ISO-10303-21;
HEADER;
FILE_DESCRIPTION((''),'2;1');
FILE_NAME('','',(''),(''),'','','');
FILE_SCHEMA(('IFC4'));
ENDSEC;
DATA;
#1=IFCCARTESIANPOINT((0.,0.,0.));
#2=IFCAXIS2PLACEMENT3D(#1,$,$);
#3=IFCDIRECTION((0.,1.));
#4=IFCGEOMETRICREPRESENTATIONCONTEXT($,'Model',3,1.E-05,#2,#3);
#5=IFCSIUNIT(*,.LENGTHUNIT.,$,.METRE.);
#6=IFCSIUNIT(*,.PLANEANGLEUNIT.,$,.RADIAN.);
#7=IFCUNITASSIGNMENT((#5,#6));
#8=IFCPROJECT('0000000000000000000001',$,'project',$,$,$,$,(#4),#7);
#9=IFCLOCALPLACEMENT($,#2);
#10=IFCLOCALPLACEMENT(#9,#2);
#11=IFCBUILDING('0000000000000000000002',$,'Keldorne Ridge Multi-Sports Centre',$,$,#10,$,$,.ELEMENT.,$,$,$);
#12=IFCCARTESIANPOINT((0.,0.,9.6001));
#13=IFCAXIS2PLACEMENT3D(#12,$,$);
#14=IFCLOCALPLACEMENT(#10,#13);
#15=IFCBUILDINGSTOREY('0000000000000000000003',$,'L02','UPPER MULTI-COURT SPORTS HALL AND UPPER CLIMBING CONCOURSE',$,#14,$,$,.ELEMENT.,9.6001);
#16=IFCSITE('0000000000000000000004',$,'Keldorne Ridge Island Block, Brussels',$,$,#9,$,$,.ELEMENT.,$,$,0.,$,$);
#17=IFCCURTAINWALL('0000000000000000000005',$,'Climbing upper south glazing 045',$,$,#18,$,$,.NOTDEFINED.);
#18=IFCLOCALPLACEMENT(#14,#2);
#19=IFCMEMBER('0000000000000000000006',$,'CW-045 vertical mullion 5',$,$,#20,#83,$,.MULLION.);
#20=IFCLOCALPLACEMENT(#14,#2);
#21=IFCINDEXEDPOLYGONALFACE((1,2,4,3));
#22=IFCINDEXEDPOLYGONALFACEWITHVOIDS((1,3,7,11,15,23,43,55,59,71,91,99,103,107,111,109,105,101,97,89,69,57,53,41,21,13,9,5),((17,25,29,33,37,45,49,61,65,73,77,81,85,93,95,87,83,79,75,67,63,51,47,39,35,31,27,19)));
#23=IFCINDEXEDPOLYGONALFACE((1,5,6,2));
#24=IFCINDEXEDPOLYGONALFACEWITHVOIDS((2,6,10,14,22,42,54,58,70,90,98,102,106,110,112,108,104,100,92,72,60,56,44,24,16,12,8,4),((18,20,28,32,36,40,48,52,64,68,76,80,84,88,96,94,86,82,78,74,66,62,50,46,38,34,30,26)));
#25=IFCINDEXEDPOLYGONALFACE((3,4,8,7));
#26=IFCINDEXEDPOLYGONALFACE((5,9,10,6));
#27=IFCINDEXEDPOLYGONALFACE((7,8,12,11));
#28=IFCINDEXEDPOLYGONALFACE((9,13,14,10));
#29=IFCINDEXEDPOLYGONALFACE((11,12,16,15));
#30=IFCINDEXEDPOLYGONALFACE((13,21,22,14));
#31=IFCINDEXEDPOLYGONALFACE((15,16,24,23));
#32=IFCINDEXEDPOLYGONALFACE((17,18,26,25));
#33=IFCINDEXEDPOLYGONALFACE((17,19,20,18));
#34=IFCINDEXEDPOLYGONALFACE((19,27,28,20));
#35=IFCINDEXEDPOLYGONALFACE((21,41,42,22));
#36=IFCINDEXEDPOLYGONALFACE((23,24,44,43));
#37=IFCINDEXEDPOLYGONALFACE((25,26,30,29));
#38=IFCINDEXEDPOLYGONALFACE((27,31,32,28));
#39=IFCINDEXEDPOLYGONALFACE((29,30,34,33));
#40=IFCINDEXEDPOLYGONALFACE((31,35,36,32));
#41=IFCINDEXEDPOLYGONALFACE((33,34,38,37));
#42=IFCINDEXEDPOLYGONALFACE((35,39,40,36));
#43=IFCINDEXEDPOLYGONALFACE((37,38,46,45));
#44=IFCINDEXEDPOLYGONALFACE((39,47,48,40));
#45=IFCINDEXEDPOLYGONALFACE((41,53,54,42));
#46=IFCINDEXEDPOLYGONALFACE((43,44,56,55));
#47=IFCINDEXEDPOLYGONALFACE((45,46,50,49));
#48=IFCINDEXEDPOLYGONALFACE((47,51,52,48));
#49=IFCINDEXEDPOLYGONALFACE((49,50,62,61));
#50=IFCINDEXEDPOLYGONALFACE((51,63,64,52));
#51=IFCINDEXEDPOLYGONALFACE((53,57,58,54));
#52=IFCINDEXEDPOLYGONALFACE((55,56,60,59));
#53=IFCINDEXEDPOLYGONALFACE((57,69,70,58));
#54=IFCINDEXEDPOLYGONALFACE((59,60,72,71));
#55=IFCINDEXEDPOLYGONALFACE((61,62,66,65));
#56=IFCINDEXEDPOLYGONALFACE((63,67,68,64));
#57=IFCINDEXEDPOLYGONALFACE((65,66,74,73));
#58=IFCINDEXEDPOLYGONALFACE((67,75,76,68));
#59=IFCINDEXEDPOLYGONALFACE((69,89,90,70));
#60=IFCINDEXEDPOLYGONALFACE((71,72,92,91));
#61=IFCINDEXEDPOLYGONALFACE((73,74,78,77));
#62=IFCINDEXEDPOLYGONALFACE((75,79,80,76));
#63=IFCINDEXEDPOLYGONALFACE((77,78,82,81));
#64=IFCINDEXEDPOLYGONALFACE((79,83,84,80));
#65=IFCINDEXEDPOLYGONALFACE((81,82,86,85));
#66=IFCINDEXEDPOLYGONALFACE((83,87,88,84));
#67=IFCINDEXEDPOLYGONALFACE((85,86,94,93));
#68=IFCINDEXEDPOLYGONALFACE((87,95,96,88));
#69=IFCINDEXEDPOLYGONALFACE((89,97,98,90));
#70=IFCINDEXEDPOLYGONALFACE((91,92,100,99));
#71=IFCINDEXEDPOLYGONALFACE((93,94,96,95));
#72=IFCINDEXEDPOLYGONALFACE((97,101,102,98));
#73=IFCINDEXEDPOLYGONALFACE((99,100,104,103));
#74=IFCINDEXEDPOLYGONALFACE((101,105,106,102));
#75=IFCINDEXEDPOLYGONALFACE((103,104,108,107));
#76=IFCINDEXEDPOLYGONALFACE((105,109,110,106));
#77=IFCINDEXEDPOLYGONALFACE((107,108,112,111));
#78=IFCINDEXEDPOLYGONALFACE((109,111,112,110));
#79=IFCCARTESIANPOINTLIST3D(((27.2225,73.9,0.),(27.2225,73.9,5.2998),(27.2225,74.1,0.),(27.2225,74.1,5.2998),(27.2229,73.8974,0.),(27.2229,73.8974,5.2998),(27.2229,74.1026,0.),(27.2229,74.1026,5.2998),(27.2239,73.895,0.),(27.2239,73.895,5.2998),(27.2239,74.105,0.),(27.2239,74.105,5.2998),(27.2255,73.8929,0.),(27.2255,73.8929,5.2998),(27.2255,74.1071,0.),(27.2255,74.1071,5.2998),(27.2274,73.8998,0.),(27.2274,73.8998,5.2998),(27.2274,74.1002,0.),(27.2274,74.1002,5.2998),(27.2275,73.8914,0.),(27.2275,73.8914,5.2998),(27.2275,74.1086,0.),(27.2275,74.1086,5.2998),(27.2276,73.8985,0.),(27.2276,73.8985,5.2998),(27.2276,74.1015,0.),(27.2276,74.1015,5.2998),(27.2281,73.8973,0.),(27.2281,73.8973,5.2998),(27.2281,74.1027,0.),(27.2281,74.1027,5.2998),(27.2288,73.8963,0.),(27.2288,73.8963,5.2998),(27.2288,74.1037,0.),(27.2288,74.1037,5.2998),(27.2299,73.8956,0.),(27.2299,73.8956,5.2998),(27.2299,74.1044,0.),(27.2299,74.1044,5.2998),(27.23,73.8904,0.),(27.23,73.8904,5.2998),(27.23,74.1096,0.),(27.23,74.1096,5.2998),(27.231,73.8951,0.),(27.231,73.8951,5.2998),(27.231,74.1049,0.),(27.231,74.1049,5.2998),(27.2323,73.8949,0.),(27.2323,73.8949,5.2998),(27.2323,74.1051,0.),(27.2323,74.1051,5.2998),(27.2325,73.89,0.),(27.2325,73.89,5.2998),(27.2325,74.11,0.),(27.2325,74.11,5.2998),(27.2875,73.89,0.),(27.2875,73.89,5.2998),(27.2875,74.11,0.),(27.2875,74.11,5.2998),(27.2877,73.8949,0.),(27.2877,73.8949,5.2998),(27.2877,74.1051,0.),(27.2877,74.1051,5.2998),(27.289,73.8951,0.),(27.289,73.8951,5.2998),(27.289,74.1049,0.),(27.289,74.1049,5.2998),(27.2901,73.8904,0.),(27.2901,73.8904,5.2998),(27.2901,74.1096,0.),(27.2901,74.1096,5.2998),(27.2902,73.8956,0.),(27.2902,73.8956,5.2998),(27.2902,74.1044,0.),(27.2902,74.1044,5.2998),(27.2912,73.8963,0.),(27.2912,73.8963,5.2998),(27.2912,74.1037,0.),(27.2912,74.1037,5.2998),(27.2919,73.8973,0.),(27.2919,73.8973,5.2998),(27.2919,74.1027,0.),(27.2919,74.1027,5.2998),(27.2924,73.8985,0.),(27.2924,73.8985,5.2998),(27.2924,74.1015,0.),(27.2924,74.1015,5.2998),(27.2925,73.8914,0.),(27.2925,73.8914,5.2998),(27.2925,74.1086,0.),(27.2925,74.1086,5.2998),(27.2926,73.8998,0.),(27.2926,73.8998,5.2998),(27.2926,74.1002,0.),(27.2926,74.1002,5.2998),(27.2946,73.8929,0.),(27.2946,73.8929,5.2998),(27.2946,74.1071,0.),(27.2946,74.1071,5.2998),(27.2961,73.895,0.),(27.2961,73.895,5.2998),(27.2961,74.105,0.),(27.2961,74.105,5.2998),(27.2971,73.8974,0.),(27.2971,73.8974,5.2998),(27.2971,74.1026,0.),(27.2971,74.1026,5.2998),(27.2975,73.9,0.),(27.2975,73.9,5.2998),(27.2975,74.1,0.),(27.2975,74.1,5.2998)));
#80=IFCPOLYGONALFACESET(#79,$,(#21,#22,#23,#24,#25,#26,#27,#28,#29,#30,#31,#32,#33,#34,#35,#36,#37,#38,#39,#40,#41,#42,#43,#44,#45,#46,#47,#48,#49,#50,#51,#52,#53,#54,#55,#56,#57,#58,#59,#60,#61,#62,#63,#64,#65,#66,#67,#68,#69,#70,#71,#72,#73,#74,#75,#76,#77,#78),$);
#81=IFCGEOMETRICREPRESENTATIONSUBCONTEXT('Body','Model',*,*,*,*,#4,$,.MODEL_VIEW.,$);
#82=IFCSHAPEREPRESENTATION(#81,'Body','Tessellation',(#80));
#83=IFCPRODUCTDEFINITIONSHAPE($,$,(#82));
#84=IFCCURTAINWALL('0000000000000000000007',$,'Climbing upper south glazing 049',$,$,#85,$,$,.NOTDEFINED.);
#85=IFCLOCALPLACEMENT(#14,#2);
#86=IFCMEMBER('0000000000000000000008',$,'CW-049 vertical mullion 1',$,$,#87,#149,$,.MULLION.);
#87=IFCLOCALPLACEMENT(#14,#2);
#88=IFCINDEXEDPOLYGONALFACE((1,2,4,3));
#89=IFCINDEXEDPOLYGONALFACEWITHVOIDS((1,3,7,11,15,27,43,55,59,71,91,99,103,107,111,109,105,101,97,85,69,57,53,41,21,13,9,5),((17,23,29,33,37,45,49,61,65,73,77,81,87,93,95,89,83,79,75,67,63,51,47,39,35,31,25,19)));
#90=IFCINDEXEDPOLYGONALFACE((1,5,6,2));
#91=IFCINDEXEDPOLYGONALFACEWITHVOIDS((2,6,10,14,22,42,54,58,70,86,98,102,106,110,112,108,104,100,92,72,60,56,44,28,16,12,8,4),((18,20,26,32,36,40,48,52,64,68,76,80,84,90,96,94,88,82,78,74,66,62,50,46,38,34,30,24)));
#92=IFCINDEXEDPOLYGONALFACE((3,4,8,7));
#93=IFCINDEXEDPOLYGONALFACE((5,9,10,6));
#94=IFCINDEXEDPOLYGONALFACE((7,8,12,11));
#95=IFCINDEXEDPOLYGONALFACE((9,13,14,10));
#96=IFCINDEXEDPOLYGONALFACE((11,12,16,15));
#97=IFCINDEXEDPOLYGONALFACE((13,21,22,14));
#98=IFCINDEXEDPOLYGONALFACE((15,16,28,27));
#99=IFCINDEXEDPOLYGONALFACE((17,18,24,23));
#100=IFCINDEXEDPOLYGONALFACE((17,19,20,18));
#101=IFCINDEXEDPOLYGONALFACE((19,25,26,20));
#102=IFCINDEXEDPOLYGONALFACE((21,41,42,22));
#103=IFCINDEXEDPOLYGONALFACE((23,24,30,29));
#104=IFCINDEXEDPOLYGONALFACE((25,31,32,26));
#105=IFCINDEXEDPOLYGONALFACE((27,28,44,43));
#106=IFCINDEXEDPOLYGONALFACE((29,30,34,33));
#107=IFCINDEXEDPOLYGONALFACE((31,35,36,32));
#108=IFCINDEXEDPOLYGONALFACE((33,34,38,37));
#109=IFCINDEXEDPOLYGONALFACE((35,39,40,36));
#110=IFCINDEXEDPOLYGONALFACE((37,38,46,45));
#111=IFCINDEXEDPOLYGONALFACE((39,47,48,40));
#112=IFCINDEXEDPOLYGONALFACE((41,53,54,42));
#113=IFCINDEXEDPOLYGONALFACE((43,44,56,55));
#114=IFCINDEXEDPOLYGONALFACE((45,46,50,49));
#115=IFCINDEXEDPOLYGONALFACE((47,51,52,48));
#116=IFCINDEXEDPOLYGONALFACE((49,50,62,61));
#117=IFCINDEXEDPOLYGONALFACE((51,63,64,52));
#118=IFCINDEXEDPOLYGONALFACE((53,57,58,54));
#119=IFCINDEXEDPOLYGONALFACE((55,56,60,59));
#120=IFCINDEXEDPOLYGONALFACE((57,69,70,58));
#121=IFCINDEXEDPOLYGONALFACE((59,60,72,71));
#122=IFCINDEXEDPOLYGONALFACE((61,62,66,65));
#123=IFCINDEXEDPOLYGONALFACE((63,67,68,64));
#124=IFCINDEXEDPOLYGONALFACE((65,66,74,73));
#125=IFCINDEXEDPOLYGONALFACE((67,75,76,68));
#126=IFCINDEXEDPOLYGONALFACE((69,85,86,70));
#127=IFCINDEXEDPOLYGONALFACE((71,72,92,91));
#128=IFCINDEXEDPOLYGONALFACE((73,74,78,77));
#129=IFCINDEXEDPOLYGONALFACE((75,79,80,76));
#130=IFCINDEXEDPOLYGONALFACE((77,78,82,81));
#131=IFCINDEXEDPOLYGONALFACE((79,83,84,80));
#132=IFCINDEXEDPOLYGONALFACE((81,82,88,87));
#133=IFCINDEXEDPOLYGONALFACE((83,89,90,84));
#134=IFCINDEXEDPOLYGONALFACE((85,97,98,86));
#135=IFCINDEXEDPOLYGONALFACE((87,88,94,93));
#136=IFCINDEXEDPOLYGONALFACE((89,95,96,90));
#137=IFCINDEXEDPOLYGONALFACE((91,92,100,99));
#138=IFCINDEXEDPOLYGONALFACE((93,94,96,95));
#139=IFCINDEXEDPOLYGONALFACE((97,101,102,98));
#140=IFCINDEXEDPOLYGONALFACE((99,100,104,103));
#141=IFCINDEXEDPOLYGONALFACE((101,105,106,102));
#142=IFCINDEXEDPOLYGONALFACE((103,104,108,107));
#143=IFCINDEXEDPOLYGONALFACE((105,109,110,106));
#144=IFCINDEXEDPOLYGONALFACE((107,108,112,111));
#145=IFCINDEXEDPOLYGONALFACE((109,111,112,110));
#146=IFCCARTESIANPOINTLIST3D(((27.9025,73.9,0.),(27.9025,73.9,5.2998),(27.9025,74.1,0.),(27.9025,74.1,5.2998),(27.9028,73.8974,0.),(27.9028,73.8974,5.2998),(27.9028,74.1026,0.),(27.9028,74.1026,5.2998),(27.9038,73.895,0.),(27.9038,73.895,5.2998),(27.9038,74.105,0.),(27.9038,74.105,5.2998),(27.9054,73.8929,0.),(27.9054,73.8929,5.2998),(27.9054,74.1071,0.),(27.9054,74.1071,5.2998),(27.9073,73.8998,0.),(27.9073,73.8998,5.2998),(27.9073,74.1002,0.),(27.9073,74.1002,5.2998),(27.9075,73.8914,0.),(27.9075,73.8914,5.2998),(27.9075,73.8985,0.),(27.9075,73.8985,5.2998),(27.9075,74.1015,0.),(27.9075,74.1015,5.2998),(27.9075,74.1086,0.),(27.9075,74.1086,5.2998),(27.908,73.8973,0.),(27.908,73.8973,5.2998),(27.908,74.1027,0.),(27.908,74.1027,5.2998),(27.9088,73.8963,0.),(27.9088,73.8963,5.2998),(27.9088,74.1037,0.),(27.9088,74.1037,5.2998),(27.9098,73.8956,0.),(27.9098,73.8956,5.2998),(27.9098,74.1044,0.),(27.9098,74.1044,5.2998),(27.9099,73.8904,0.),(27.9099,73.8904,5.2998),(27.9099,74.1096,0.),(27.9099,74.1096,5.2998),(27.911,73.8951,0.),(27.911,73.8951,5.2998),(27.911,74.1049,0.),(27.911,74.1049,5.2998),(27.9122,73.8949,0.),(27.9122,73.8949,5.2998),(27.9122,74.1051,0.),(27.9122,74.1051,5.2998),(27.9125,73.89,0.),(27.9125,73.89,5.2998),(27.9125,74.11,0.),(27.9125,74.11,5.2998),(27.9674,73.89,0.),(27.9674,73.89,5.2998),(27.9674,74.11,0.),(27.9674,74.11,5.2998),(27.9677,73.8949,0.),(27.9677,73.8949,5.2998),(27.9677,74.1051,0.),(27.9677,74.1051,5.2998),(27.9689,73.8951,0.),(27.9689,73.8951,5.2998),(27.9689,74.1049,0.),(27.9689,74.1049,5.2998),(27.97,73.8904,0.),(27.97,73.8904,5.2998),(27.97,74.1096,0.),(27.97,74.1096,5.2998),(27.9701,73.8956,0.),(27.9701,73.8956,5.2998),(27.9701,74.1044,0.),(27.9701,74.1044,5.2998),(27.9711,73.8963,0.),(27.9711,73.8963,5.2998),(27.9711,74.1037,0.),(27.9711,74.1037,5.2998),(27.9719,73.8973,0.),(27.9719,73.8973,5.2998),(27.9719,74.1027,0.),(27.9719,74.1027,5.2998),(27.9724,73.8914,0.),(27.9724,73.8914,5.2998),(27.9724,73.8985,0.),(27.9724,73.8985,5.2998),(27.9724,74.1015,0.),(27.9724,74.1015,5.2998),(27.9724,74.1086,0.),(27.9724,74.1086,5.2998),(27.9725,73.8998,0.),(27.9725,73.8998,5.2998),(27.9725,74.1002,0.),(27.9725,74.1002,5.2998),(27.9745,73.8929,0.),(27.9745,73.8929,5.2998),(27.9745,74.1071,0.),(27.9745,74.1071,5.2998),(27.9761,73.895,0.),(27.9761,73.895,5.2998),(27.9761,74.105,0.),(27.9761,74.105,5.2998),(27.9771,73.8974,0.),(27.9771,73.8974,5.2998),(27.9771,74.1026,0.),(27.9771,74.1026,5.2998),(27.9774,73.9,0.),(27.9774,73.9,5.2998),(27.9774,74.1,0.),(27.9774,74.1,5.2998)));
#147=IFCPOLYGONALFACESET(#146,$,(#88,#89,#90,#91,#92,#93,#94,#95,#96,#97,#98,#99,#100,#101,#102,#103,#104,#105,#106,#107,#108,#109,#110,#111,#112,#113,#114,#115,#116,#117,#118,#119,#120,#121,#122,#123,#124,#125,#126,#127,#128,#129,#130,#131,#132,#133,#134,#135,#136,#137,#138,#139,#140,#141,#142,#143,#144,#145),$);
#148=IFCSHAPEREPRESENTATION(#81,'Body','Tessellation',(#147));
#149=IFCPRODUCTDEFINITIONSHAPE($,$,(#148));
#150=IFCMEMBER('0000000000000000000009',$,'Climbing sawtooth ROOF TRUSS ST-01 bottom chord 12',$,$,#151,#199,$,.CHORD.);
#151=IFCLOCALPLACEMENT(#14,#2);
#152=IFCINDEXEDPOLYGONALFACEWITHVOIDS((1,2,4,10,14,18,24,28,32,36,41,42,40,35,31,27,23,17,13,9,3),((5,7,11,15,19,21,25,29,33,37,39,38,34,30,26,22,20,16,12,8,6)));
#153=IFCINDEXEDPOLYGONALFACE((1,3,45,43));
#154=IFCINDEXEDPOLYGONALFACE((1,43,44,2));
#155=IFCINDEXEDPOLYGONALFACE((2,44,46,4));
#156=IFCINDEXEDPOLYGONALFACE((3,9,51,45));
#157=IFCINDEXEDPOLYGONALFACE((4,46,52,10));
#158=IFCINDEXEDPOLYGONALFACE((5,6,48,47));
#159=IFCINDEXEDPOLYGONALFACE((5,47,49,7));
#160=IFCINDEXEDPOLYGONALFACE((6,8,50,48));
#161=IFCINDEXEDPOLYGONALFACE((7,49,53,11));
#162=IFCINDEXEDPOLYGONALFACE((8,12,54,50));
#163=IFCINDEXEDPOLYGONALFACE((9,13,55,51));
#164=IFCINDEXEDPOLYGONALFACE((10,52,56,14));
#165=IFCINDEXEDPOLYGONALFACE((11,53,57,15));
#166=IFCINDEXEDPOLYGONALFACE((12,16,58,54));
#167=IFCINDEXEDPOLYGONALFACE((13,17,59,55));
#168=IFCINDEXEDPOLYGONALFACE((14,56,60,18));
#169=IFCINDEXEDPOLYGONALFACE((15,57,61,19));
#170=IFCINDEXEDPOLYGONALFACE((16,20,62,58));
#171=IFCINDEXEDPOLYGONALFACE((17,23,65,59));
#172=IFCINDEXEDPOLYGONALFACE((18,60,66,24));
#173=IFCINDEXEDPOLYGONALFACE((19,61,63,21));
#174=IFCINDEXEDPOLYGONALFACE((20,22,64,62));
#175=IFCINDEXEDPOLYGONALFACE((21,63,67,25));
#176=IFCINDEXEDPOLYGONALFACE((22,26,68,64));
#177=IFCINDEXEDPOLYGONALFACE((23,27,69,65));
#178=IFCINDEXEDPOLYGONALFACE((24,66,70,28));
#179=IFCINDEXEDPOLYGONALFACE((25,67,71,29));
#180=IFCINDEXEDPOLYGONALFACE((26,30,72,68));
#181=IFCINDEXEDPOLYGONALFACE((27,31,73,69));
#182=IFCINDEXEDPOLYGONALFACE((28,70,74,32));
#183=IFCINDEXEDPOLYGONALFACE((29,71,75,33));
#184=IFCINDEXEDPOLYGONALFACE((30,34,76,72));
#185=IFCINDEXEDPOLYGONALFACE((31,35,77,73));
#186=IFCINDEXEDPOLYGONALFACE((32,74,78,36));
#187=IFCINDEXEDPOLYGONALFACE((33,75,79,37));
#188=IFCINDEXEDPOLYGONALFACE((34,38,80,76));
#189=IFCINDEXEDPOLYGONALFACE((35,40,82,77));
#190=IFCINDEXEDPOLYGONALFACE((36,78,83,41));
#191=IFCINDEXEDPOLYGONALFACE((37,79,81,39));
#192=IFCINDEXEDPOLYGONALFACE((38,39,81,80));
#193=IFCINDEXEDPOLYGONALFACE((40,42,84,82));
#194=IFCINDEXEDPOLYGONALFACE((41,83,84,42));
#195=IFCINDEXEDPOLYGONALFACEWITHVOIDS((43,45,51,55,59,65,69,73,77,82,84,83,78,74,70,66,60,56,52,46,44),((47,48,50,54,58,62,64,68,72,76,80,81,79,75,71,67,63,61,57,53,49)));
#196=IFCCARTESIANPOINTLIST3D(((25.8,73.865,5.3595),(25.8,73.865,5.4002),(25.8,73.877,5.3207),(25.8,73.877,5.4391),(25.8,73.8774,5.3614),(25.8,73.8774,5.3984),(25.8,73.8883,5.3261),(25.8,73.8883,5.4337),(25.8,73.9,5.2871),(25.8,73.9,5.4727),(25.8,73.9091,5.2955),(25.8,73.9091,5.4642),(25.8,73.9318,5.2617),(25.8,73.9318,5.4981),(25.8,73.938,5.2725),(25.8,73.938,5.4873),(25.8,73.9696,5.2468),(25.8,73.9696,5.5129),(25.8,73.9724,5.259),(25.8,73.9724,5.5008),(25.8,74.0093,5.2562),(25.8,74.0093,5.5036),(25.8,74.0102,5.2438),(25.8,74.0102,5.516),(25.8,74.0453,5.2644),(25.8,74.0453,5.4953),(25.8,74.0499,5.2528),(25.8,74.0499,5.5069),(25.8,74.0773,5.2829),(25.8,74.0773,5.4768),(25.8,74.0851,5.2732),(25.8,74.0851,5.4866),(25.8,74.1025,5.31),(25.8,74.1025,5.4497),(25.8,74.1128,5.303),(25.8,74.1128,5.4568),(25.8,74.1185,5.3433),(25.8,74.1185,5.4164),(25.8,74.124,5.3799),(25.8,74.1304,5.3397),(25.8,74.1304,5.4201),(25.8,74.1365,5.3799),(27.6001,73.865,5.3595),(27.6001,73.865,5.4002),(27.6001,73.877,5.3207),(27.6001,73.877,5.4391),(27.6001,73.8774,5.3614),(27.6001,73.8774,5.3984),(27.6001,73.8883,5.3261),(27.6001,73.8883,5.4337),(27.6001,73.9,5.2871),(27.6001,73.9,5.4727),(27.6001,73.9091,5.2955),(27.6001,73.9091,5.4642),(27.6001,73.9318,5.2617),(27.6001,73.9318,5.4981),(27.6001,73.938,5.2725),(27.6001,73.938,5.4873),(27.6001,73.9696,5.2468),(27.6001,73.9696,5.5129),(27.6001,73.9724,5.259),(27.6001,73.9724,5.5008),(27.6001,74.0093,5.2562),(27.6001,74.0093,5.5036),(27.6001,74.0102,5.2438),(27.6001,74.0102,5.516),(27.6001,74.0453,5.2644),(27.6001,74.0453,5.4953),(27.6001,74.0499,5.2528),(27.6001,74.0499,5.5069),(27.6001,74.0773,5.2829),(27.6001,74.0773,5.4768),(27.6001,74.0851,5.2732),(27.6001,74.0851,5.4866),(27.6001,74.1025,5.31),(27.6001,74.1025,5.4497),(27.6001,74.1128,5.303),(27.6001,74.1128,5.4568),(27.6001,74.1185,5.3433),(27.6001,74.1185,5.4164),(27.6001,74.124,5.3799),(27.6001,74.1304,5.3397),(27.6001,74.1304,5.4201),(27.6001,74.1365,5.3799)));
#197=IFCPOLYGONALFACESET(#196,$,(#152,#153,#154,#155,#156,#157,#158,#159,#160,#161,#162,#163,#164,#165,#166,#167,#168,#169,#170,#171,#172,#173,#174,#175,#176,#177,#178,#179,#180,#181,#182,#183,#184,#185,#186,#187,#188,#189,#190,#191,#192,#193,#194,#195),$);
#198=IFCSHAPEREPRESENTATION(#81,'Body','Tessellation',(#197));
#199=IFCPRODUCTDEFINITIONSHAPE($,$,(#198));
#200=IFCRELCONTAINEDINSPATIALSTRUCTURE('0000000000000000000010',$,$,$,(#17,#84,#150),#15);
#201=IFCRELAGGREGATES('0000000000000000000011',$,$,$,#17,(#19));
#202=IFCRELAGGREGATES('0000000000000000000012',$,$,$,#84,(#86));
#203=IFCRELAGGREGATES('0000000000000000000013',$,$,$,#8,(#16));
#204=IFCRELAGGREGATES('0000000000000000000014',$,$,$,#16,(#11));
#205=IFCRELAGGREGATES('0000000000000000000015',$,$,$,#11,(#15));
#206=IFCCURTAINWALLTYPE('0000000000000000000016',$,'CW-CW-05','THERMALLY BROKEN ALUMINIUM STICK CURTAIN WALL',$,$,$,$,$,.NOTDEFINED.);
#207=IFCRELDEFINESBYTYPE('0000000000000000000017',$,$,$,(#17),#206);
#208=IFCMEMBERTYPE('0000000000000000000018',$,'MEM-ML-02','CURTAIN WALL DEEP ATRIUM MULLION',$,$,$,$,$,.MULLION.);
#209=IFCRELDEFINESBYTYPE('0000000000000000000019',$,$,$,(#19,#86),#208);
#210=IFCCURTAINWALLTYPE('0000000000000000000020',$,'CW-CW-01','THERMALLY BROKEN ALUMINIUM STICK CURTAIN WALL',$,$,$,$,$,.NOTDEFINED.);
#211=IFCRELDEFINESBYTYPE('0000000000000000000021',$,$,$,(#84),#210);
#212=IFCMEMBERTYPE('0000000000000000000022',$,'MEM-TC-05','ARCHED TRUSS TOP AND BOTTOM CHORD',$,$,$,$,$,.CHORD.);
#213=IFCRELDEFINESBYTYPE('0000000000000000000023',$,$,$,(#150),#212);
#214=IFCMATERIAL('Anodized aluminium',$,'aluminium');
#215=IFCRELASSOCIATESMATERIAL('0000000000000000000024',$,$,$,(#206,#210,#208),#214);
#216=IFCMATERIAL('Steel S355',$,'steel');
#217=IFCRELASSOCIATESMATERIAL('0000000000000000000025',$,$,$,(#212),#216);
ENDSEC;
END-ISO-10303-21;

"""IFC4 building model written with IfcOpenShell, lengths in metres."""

from ifc_helpers import new_model, si_unit, direction, frame, origin, origin_2d, place, context, subcontext, project, spatial, hollow_rectangle, hollow_circle, extrude, material, material_profile, profile_set, type_object, element, aggregate, save


model = new_model("IFC4")

# Units and contexts
model_context = context("Model", 3, precision=1e-05, world=origin(), true_north=direction((0.0, 1.0)))
body_context = subcontext(model_context, "Body", "Model", "MODEL_VIEW")
ifc_project = project(units=[si_unit("LENGTHUNIT", "METRE"), si_unit("PLANEANGLEUNIT", "RADIAN")], contexts=[model_context])

# Site, building, storey
site_placement = place(None, origin())
site = spatial("IfcSite", under=ifc_project, at=site_placement, Name="Keldorne Ridge Island Block, Brussels", CompositionType="ELEMENT", RefElevation=0.0)
building_placement = place(site_placement, origin())
building = spatial("IfcBuilding", under=site, at=building_placement, Name="Keldorne Ridge Multi-Sports Centre", CompositionType="ELEMENT")
storey_placement = place(building_placement, frame((0.0, 0.0, 9.6001)))
storey = spatial("IfcBuildingStorey", under=building, at=storey_placement, Name="L02", Description="UPPER MULTI-COURT SPORTS HALL AND UPPER CLIMBING CONCOURSE", CompositionType="ELEMENT", Elevation=9.6001)

# Shared definitions
ifc_material_1 = material(Name="Steel S355", Category="steel")

# Curtain walls, members
ifc_material_2 = material(Name="Anodized aluminium", Category="aluminium")
curtain_wall_type_1 = type_object("IfcCurtainWallType", Name="CW-CW-05", Description="THERMALLY BROKEN ALUMINIUM STICK CURTAIN WALL", PredefinedType="NOTDEFINED", material=ifc_material_2)
curtain_wall_1_placement = place(storey_placement, origin())
curtain_wall_1 = element("IfcCurtainWall", 1, at=curtain_wall_1_placement, inside=storey, type_object=curtain_wall_type_1, Name="Climbing upper south glazing 045", PredefinedType="NOTDEFINED")
ifc_material_profile_1 = material_profile(ifc_material_2, hollow_rectangle(XDim=0.075, YDim=0.22, WallThickness=0.0049, InnerFilletRadius=0.0049, OuterFilletRadius=0.01, at=origin_2d()), Name="ALU MULLION 220x75x5")
ifc_profile_set_1 = profile_set([ifc_material_profile_1], Name="Anodized aluminium")
member_type_1 = type_object("IfcMemberType", Name="MEM-ML-02", Description="CURTAIN WALL DEEP ATRIUM MULLION", PredefinedType="MULLION", material=ifc_profile_set_1)
member_1_placement = place(storey_placement, frame((27.26, 74.0, 0.0), z_axis=(0.0, 0.0, 1.0), x_axis=(1.0, 0.0, 0.0)))
member_1 = element("IfcMember", 2, at=member_1_placement, type_object=member_type_1, Name="CW-045 vertical mullion 5", PredefinedType="MULLION", context=body_context, shape_type="SweptSolid", body=[
    extrude(hollow_rectangle(XDim=0.075, YDim=0.22, WallThickness=0.0049, InnerFilletRadius=0.0049, OuterFilletRadius=0.01, at=origin_2d()), origin(), (0.0, 0.0, 1.0), 5.2998),
])
curtain_wall_type_2 = type_object("IfcCurtainWallType", Name="CW-CW-01", Description="THERMALLY BROKEN ALUMINIUM STICK CURTAIN WALL", PredefinedType="NOTDEFINED", material=ifc_material_2)
curtain_wall_2_placement = place(storey_placement, origin())
curtain_wall_2 = element("IfcCurtainWall", 3, at=curtain_wall_2_placement, inside=storey, type_object=curtain_wall_type_2, Name="Climbing upper south glazing 049", PredefinedType="NOTDEFINED")
member_2_placement = place(storey_placement, frame((27.9399, 74.0, 0.0), z_axis=(0.0, 0.0, 1.0), x_axis=(1.0, 0.0, 0.0)))
member_2 = element("IfcMember", 4, at=member_2_placement, type_object=member_type_1, Name="CW-049 vertical mullion 1", PredefinedType="MULLION", context=body_context, shape_type="SweptSolid", body=[
    extrude(hollow_rectangle(XDim=0.075, YDim=0.22, WallThickness=0.0049, InnerFilletRadius=0.0049, OuterFilletRadius=0.01, at=origin_2d()), origin(), (0.0, 0.0, 1.0), 5.2998),
])

# Member
ifc_material_profile_2 = material_profile(ifc_material_1, hollow_circle(Radius=0.1365, WallThickness=0.0125, at=origin_2d()), Name="CHS 273x12.5")
ifc_profile_set_2 = profile_set([ifc_material_profile_2], Name="Steel S355")
member_type_2 = type_object("IfcMemberType", Name="MEM-TC-05", Description="ARCHED TRUSS TOP AND BOTTOM CHORD", PredefinedType="CHORD", material=ifc_profile_set_2)
member_3_placement = place(storey_placement, frame((25.8, 74.0, 5.3799), z_axis=(1.0, 0.0, 0.0), x_axis=(0.0, 1.0, 0.0)))
element("IfcMember", 5, at=member_3_placement, inside=storey, type_object=member_type_2, Name="Climbing sawtooth ROOF TRUSS ST-01 bottom chord 12", PredefinedType="CHORD", context=body_context, shape_type="SweptSolid", body=[
    extrude(hollow_circle(Radius=0.1365, WallThickness=0.0125, at=origin_2d()), origin(), (0.0, 0.0, 1.0), 1.8),
])

aggregate(curtain_wall_1, [member_1])
aggregate(curtain_wall_2, [member_2])

save(model, "model.ifc")
